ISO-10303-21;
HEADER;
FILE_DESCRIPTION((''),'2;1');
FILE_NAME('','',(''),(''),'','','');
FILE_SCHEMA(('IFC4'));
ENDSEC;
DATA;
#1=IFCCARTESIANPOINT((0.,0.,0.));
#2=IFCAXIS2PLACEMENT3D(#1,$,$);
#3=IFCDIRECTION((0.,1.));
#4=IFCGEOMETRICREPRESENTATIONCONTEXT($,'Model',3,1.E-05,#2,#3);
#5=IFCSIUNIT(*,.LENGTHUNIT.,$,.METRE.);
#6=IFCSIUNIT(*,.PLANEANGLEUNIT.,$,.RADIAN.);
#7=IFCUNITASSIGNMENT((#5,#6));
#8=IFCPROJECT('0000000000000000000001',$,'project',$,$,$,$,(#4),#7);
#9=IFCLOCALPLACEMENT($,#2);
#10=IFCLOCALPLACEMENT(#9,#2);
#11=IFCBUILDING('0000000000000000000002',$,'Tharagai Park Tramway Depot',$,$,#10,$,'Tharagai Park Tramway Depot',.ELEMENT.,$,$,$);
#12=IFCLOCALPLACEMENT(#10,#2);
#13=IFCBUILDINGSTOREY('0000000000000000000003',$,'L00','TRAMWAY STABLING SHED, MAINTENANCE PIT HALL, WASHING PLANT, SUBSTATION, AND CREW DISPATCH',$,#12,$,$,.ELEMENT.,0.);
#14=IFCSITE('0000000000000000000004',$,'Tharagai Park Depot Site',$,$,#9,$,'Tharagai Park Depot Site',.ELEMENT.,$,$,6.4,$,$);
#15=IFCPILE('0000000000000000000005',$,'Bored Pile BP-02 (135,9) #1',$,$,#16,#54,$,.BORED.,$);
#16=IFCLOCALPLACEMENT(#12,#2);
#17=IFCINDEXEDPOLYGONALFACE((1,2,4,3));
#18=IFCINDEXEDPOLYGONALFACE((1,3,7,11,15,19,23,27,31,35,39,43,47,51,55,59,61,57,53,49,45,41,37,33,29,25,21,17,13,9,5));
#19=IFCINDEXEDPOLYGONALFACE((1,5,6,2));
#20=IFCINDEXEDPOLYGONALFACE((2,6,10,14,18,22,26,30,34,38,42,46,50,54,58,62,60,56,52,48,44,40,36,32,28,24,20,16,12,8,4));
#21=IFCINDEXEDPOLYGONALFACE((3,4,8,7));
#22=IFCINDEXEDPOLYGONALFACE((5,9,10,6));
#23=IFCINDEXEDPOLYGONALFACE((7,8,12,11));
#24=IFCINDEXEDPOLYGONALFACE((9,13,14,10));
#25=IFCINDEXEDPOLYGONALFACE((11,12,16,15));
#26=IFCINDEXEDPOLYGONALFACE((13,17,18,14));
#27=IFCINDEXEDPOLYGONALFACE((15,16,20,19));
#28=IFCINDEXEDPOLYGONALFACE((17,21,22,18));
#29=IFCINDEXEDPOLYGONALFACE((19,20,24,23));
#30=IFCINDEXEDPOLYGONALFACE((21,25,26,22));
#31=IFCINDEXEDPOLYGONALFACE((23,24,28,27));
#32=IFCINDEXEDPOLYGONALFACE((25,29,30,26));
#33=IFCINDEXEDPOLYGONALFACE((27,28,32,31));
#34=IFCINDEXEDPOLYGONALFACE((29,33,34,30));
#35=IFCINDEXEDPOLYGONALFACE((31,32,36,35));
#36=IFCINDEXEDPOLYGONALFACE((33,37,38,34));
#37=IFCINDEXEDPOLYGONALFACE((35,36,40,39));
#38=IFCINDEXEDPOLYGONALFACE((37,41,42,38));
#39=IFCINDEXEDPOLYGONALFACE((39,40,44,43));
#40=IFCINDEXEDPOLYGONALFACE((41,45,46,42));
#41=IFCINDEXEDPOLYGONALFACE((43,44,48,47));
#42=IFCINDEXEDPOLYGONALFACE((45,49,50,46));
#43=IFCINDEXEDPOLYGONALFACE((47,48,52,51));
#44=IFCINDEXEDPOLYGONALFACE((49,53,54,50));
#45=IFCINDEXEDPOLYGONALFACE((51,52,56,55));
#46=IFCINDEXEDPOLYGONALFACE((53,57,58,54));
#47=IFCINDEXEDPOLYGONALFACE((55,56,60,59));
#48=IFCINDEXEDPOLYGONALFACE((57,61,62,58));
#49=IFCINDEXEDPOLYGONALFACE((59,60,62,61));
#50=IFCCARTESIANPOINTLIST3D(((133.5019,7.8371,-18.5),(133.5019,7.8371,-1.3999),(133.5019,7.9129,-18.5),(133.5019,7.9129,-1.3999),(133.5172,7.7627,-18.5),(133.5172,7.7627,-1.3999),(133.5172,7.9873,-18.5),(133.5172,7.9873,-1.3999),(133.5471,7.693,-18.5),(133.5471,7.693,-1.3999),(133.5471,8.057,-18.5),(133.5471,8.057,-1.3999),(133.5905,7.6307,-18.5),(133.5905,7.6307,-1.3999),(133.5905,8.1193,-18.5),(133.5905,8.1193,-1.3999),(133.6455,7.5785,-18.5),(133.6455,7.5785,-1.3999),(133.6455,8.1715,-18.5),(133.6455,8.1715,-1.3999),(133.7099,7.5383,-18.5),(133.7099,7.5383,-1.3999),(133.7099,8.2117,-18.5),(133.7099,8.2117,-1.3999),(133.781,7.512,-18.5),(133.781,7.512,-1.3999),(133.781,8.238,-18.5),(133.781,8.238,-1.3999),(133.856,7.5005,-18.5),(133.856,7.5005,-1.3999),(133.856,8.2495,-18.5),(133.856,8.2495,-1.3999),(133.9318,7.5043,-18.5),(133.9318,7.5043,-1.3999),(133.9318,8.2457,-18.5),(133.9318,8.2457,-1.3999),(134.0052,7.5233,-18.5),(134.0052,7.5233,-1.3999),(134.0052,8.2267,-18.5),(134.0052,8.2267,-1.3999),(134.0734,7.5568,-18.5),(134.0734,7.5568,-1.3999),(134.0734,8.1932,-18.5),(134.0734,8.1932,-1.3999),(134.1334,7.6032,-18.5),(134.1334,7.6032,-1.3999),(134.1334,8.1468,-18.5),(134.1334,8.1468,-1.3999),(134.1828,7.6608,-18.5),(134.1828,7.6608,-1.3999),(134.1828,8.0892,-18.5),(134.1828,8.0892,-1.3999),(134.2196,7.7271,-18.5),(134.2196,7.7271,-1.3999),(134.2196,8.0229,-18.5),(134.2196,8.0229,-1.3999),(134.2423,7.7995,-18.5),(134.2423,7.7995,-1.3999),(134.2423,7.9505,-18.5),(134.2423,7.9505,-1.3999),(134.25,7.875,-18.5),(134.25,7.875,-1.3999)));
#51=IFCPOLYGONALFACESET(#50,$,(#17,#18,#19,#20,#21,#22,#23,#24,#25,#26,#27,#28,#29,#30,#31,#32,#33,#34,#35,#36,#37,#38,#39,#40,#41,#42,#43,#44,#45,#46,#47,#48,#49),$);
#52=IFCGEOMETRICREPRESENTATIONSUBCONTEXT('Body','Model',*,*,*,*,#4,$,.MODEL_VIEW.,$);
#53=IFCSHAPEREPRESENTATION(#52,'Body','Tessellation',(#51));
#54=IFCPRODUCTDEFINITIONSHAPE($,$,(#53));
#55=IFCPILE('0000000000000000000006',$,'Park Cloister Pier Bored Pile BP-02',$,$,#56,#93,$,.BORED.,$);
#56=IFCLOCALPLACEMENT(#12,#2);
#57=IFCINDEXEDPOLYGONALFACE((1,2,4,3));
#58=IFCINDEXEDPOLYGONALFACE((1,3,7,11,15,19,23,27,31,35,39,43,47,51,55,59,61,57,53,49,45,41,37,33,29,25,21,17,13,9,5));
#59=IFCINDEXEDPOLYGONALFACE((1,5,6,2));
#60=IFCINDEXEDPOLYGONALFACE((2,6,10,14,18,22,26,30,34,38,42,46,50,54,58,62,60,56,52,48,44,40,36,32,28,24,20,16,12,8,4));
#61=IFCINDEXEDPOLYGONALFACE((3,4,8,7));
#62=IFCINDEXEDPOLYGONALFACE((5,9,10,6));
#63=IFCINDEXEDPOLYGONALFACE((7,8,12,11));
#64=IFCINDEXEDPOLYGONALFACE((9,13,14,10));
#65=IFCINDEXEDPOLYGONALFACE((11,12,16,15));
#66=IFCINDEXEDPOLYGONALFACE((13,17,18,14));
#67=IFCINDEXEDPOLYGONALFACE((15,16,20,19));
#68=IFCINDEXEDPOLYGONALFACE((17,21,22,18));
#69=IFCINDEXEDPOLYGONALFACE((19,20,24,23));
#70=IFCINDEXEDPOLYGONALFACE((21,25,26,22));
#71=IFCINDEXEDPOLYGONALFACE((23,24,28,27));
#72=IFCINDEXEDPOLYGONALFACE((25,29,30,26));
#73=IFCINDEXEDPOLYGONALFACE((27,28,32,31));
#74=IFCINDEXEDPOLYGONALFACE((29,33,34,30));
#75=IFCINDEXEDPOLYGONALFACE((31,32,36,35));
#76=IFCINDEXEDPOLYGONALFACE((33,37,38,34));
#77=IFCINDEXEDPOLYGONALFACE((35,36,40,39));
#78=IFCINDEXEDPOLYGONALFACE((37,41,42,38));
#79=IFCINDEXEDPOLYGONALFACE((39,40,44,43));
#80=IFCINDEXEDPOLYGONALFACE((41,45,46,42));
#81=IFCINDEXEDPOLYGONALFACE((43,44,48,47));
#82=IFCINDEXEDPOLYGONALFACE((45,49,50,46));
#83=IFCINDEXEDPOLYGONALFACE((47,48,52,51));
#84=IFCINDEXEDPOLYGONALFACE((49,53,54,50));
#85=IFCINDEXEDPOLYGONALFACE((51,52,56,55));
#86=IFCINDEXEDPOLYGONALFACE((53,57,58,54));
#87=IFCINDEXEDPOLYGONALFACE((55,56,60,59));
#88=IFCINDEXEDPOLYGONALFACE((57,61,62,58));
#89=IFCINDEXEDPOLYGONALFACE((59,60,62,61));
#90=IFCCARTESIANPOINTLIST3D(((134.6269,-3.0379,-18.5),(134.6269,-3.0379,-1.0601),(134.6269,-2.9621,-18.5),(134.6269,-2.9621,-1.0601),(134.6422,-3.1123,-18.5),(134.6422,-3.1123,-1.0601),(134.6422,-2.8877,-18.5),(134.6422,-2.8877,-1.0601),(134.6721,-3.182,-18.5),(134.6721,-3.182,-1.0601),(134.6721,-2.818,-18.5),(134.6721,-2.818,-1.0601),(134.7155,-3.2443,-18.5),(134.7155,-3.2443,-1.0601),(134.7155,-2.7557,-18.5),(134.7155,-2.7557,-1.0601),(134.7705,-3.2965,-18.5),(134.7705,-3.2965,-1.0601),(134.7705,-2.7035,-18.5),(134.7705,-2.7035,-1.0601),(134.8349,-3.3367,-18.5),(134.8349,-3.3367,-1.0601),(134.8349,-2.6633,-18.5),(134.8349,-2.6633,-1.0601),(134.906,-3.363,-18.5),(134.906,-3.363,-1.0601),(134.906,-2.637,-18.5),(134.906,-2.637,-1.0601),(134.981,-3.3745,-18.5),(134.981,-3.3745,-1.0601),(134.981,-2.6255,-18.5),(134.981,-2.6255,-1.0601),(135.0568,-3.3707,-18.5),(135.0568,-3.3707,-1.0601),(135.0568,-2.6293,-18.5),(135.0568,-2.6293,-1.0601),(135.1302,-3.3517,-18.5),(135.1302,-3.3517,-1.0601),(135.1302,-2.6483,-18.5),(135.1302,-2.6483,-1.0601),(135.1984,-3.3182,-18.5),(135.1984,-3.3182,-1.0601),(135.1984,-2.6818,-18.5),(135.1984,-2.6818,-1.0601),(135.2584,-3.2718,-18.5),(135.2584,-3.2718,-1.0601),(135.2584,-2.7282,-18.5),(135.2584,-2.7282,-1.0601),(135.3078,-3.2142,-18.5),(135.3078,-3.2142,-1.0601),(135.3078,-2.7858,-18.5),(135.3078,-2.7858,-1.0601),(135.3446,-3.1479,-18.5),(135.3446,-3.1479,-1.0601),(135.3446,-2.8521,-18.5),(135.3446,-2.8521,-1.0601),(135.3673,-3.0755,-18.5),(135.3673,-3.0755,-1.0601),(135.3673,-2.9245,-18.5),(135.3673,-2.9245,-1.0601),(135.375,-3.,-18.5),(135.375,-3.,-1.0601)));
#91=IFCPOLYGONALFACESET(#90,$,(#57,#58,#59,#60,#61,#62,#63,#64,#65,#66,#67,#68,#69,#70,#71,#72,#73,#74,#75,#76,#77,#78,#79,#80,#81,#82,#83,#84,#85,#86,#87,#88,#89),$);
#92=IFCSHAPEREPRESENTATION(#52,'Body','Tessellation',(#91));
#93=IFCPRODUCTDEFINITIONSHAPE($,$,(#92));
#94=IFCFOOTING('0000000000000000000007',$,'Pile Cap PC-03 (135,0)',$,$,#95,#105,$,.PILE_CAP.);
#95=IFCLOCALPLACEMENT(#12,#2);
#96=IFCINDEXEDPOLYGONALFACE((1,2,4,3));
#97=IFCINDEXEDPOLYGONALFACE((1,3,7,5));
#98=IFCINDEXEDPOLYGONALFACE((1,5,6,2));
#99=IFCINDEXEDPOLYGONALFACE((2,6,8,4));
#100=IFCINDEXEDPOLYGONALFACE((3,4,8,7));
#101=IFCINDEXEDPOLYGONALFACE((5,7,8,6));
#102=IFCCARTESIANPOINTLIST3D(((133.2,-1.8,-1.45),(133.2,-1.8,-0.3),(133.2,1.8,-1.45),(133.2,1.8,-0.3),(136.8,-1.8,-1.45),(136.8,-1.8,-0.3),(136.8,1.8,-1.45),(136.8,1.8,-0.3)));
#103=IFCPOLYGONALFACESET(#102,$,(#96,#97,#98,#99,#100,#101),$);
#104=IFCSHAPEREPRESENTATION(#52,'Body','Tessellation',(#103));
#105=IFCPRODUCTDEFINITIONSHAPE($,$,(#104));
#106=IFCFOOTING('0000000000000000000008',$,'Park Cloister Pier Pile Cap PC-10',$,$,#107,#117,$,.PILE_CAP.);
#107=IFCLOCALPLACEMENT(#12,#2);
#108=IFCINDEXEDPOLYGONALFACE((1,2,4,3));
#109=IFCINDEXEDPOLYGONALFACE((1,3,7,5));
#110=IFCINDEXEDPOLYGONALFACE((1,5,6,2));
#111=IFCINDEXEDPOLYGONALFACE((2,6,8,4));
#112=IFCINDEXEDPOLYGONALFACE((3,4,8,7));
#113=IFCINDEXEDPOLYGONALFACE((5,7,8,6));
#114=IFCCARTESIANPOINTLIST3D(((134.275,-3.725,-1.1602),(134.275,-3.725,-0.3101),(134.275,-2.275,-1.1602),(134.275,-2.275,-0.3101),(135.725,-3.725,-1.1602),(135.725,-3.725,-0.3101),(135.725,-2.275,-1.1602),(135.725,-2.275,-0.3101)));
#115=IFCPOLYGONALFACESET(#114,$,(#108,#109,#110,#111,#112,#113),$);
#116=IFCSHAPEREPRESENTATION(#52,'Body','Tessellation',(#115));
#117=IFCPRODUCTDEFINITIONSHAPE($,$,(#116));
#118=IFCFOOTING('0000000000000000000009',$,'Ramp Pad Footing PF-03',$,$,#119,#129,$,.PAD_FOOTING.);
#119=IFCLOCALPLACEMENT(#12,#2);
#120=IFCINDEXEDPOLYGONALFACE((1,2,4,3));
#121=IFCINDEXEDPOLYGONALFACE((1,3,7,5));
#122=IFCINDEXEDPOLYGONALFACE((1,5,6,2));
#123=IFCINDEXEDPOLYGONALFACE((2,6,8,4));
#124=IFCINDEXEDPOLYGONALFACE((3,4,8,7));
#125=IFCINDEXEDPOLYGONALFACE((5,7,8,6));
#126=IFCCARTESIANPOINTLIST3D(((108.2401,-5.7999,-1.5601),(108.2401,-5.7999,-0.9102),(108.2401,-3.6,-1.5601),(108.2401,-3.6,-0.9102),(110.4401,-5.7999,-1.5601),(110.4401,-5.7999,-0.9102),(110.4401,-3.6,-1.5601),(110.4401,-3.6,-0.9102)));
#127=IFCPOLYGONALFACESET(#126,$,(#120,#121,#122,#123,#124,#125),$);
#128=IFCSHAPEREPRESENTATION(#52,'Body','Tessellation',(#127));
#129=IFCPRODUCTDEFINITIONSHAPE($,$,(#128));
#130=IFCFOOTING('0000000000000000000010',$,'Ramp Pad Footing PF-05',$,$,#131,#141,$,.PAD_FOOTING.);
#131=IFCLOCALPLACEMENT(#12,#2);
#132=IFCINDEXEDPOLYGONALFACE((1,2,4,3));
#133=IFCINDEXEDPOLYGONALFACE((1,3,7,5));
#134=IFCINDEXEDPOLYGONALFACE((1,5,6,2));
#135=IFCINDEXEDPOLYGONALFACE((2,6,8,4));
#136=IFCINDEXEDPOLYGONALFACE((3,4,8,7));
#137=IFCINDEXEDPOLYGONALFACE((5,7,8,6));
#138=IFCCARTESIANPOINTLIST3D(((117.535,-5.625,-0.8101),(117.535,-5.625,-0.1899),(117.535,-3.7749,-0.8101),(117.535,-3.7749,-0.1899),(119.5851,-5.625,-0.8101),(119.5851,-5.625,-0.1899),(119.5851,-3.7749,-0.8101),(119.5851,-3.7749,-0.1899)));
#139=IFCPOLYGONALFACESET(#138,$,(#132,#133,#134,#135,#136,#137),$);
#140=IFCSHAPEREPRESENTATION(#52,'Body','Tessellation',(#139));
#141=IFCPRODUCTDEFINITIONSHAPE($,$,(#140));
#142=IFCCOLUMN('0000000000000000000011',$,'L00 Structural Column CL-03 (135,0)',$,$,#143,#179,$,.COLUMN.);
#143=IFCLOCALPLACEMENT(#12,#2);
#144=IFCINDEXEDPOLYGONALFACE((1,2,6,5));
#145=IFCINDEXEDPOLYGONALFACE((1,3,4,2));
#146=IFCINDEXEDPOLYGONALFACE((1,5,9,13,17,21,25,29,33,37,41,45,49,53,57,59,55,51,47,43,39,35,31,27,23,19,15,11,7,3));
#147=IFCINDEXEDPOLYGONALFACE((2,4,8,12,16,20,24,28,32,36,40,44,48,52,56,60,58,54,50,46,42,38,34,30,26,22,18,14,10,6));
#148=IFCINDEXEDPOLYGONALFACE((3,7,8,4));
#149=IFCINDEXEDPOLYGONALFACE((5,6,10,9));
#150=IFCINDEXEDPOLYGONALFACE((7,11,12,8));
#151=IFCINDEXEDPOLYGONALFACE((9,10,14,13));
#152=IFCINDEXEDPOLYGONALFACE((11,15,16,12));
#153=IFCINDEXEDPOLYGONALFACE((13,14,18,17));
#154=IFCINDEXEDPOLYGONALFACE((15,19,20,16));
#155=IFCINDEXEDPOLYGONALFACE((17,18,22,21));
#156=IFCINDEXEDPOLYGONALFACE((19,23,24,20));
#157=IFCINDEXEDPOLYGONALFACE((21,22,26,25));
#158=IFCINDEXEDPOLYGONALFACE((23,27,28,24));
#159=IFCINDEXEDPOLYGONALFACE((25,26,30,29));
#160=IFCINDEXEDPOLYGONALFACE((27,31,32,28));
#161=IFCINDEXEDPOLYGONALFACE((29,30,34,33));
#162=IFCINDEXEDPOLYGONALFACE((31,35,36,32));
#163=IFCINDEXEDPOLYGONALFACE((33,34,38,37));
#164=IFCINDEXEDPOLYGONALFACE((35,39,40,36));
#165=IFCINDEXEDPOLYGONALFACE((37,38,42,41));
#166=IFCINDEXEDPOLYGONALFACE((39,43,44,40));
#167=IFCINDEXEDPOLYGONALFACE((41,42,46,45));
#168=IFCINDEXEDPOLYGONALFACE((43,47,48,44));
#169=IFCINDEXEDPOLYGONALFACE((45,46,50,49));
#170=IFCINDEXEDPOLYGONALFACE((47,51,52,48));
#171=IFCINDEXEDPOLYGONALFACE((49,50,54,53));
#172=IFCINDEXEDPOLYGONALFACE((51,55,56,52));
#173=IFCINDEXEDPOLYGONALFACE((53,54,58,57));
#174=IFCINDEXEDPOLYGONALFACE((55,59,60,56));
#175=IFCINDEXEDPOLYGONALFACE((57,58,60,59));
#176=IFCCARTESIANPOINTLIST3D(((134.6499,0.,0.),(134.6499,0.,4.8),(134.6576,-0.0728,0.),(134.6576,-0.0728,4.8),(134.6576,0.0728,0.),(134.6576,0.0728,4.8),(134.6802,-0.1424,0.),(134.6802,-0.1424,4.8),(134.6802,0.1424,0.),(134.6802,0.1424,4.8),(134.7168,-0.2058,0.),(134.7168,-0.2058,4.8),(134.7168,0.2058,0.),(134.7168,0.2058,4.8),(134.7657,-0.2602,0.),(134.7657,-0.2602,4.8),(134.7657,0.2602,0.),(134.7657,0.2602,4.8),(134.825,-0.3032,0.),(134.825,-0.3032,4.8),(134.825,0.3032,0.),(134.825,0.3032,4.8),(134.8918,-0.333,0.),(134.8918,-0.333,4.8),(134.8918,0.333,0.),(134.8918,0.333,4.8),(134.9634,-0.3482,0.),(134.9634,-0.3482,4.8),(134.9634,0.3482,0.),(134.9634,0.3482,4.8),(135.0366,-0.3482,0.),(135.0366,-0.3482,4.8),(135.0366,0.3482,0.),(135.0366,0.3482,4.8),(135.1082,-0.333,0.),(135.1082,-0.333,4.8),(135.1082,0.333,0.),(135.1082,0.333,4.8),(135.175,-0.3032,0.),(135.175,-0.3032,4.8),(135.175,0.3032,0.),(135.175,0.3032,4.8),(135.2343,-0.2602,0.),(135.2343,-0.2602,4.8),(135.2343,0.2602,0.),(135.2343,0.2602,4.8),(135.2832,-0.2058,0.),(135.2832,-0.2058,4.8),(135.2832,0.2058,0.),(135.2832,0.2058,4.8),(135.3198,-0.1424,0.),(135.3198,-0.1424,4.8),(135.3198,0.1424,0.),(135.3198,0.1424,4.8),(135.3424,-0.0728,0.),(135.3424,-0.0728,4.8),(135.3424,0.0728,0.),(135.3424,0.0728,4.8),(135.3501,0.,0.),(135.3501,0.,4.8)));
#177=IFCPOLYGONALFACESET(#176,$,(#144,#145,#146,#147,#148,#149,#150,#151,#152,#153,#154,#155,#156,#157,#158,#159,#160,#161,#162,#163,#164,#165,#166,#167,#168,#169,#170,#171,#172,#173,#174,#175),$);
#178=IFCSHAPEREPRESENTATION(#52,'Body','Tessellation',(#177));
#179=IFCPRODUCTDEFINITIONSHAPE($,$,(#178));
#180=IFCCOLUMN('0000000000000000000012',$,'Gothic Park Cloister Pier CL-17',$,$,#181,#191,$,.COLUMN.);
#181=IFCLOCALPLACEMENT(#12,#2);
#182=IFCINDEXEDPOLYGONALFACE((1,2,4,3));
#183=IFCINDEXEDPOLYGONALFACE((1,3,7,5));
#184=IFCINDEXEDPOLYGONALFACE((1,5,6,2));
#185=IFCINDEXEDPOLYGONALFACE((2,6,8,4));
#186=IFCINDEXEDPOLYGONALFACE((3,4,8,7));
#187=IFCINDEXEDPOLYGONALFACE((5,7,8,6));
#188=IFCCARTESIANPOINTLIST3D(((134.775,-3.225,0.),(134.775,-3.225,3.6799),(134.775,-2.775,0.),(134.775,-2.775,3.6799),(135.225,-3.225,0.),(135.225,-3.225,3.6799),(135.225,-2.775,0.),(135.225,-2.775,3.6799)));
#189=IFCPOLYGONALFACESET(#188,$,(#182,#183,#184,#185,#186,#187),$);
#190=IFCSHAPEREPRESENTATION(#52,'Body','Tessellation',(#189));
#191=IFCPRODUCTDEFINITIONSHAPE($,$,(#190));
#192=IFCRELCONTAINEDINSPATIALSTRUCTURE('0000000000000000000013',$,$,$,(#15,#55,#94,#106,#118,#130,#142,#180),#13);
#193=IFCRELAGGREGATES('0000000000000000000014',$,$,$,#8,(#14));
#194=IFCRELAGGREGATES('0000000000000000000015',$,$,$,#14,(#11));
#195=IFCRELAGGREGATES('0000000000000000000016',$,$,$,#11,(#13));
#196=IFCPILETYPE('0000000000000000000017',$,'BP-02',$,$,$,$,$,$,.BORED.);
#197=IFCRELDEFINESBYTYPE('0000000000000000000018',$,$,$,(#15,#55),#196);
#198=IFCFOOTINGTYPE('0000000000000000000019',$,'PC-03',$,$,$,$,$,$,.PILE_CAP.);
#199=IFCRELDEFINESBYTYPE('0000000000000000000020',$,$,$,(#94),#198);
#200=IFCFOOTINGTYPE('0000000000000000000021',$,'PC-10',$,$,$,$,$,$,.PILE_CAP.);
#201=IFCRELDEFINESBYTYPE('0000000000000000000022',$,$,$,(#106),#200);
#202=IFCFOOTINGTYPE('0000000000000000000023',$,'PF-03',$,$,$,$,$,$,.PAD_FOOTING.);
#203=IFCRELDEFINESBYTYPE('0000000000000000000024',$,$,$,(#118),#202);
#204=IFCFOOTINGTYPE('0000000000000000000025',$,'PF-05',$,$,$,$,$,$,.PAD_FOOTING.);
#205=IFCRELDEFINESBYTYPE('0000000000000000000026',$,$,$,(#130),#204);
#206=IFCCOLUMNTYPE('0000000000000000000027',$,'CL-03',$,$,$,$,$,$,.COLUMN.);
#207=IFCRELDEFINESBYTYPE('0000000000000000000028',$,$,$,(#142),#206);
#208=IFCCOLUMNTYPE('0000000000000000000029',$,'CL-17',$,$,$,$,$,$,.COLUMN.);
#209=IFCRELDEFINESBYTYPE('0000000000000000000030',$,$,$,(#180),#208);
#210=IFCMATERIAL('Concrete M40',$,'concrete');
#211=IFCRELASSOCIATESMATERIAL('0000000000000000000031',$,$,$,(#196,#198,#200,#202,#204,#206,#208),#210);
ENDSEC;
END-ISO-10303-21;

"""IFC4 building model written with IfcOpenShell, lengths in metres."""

from ifc_helpers import new_model, si_unit, direction, frame, origin, origin_2d, place, context, subcontext, project, spatial, rectangle, circle, extrude, material, material_profile, profile_set, type_object, element, save


model = new_model("IFC4")

# Units and contexts
model_context = context("Model", 3, precision=1e-05, world=origin(), true_north=direction((0.0, 1.0)))
body_context = subcontext(model_context, "Body", "Model", "MODEL_VIEW")
ifc_project = project(units=[si_unit("LENGTHUNIT", "METRE"), si_unit("PLANEANGLEUNIT", "RADIAN")], contexts=[model_context])

# Site, building, storey
site_placement = place(None, origin())
site = spatial("IfcSite", under=ifc_project, at=site_placement, Name="Tharagai Park Depot Site", LongName="Tharagai Park Depot Site", CompositionType="ELEMENT", RefElevation=6.4)
building_placement = place(site_placement, origin())
building = spatial("IfcBuilding", under=site, at=building_placement, Name="Tharagai Park Tramway Depot", LongName="Tharagai Park Tramway Depot", CompositionType="ELEMENT")
storey_placement = place(building_placement, origin())
storey = spatial("IfcBuildingStorey", under=building, at=storey_placement, Name="L00", Description="TRAMWAY STABLING SHED, MAINTENANCE PIT HALL, WASHING PLANT, SUBSTATION, AND CREW DISPATCH", CompositionType="ELEMENT", Elevation=0.0)

# Piles
ifc_material_1 = material(Name="Concrete M40", Category="concrete")
ifc_material_profile_1 = material_profile(ifc_material_1, circle(Radius=0.375, at=origin_2d()), Name="PILE D750")
ifc_profile_set_1 = profile_set([ifc_material_profile_1], Name="Concrete M40")
pile_type = type_object("IfcPileType", Name="BP-02", PredefinedType="BORED", material=ifc_profile_set_1)
pile_1_placement = place(storey_placement, frame((133.875, 7.875, -1.3999), z_axis=(0.0, 0.0, -1.0), x_axis=(1.0, 0.0, 0.0)))
element("IfcPile", 1, at=pile_1_placement, inside=storey, type_object=pile_type, Name="Bored Pile BP-02 (135,9) #1", PredefinedType="BORED", context=body_context, shape_type="SweptSolid", body=[
    extrude(circle(Radius=0.375, at=origin_2d()), origin(), (0.0, 0.0, 1.0), 17.1001),
])
pile_2_placement = place(storey_placement, frame((135.0, -3.0, -1.0601), z_axis=(0.0, 0.0, -1.0), x_axis=(1.0, 0.0, 0.0)))
element("IfcPile", 2, at=pile_2_placement, inside=storey, type_object=pile_type, Name="Park Cloister Pier Bored Pile BP-02", PredefinedType="BORED", context=body_context, shape_type="SweptSolid", body=[
    extrude(circle(Radius=0.375, at=origin_2d()), origin(), (0.0, 0.0, 1.0), 17.4399),
])

# Footings
footing_type_1 = type_object("IfcFootingType", Name="PC-03", PredefinedType="PILE_CAP", material=ifc_material_1)
footing_1_placement = place(storey_placement, frame((135.0, 0.0, -1.45), z_axis=(0.0, 0.0, 1.0), x_axis=(1.0, 0.0, 0.0)))
element("IfcFooting", 3, at=footing_1_placement, inside=storey, type_object=footing_type_1, Name="Pile Cap PC-03 (135,0)", PredefinedType="PILE_CAP", context=body_context, shape_type="SweptSolid", body=[
    extrude(rectangle(XDim=3.6001, YDim=3.6001, at=origin_2d()), origin(), (0.0, 0.0, 1.0), 1.1499),
])
footing_type_2 = type_object("IfcFootingType", Name="PC-10", PredefinedType="PILE_CAP", material=ifc_material_1)
footing_2_placement = place(storey_placement, frame((135.0, -3.0, -1.1602), z_axis=(0.0, 0.0, 1.0), x_axis=(1.0, 0.0, 0.0)))
element("IfcFooting", 4, at=footing_2_placement, inside=storey, type_object=footing_type_2, Name="Park Cloister Pier Pile Cap PC-10", PredefinedType="PILE_CAP", context=body_context, shape_type="SweptSolid", body=[
    extrude(rectangle(XDim=1.45, YDim=1.45, at=origin_2d()), origin(), (0.0, 0.0, 1.0), 0.8501),
])
footing_type_3 = type_object("IfcFootingType", Name="PF-03", PredefinedType="PAD_FOOTING", material=ifc_material_1)
footing_3_placement = place(storey_placement, frame((109.3401, -4.7, -1.5601), z_axis=(0.0, 0.0, 1.0), x_axis=(1.0, 0.0, 0.0)))
element("IfcFooting", 5, at=footing_3_placement, inside=storey, type_object=footing_type_3, Name="Ramp Pad Footing PF-03", PredefinedType="PAD_FOOTING", context=body_context, shape_type="SweptSolid", body=[
    extrude(rectangle(XDim=2.2, YDim=2.2, at=origin_2d()), origin(), (0.0, 0.0, 1.0), 0.6499),
])
footing_type_4 = type_object("IfcFootingType", Name="PF-05", PredefinedType="PAD_FOOTING", material=ifc_material_1)
footing_4_placement = place(storey_placement, frame((118.5601, -4.7, -0.8101), z_axis=(0.0, 0.0, 1.0), x_axis=(1.0, 0.0, 0.0)))
element("IfcFooting", 6, at=footing_4_placement, inside=storey, type_object=footing_type_4, Name="Ramp Pad Footing PF-05", PredefinedType="PAD_FOOTING", context=body_context, shape_type="SweptSolid", body=[
    extrude(rectangle(XDim=2.05, YDim=1.8501, at=origin_2d()), origin(), (0.0, 0.0, 1.0), 0.6201),
])

# Columns
ifc_material_profile_2 = material_profile(ifc_material_1, circle(Radius=0.3501, at=origin_2d()), Name="RC D700")
ifc_profile_set_2 = profile_set([ifc_material_profile_2], Name="Concrete M40")
column_type_1 = type_object("IfcColumnType", Name="CL-03", PredefinedType="COLUMN", material=ifc_profile_set_2)
column_1_placement = place(storey_placement, frame((135.0, 0.0, 0.0), z_axis=(0.0, 0.0, 1.0), x_axis=(1.0, 0.0, 0.0)))
element("IfcColumn", 7, at=column_1_placement, inside=storey, type_object=column_type_1, Name="L00 Structural Column CL-03 (135,0)", PredefinedType="COLUMN", context=body_context, shape_type="SweptSolid", body=[
    extrude(circle(Radius=0.3501, at=origin_2d()), origin(), (0.0, 0.0, 1.0), 4.8),
])
ifc_material_profile_3 = material_profile(ifc_material_1, rectangle(XDim=0.45, YDim=0.45, at=origin_2d()), Name="RC 450x450")
ifc_profile_set_3 = profile_set([ifc_material_profile_3], Name="Concrete M40")
column_type_2 = type_object("IfcColumnType", Name="CL-17", PredefinedType="COLUMN", material=ifc_profile_set_3)
column_2_placement = place(storey_placement, frame((135.0, -3.0, 0.0), z_axis=(0.0, 0.0, 1.0), x_axis=(1.0, 0.0, 0.0)))
element("IfcColumn", 8, at=column_2_placement, inside=storey, type_object=column_type_2, Name="Gothic Park Cloister Pier CL-17", PredefinedType="COLUMN", context=body_context, shape_type="SweptSolid", body=[
    extrude(rectangle(XDim=0.45, YDim=0.45, at=origin_2d()), origin(), (0.0, 0.0, 1.0), 3.6799),
])

save(model, "model.ifc")
